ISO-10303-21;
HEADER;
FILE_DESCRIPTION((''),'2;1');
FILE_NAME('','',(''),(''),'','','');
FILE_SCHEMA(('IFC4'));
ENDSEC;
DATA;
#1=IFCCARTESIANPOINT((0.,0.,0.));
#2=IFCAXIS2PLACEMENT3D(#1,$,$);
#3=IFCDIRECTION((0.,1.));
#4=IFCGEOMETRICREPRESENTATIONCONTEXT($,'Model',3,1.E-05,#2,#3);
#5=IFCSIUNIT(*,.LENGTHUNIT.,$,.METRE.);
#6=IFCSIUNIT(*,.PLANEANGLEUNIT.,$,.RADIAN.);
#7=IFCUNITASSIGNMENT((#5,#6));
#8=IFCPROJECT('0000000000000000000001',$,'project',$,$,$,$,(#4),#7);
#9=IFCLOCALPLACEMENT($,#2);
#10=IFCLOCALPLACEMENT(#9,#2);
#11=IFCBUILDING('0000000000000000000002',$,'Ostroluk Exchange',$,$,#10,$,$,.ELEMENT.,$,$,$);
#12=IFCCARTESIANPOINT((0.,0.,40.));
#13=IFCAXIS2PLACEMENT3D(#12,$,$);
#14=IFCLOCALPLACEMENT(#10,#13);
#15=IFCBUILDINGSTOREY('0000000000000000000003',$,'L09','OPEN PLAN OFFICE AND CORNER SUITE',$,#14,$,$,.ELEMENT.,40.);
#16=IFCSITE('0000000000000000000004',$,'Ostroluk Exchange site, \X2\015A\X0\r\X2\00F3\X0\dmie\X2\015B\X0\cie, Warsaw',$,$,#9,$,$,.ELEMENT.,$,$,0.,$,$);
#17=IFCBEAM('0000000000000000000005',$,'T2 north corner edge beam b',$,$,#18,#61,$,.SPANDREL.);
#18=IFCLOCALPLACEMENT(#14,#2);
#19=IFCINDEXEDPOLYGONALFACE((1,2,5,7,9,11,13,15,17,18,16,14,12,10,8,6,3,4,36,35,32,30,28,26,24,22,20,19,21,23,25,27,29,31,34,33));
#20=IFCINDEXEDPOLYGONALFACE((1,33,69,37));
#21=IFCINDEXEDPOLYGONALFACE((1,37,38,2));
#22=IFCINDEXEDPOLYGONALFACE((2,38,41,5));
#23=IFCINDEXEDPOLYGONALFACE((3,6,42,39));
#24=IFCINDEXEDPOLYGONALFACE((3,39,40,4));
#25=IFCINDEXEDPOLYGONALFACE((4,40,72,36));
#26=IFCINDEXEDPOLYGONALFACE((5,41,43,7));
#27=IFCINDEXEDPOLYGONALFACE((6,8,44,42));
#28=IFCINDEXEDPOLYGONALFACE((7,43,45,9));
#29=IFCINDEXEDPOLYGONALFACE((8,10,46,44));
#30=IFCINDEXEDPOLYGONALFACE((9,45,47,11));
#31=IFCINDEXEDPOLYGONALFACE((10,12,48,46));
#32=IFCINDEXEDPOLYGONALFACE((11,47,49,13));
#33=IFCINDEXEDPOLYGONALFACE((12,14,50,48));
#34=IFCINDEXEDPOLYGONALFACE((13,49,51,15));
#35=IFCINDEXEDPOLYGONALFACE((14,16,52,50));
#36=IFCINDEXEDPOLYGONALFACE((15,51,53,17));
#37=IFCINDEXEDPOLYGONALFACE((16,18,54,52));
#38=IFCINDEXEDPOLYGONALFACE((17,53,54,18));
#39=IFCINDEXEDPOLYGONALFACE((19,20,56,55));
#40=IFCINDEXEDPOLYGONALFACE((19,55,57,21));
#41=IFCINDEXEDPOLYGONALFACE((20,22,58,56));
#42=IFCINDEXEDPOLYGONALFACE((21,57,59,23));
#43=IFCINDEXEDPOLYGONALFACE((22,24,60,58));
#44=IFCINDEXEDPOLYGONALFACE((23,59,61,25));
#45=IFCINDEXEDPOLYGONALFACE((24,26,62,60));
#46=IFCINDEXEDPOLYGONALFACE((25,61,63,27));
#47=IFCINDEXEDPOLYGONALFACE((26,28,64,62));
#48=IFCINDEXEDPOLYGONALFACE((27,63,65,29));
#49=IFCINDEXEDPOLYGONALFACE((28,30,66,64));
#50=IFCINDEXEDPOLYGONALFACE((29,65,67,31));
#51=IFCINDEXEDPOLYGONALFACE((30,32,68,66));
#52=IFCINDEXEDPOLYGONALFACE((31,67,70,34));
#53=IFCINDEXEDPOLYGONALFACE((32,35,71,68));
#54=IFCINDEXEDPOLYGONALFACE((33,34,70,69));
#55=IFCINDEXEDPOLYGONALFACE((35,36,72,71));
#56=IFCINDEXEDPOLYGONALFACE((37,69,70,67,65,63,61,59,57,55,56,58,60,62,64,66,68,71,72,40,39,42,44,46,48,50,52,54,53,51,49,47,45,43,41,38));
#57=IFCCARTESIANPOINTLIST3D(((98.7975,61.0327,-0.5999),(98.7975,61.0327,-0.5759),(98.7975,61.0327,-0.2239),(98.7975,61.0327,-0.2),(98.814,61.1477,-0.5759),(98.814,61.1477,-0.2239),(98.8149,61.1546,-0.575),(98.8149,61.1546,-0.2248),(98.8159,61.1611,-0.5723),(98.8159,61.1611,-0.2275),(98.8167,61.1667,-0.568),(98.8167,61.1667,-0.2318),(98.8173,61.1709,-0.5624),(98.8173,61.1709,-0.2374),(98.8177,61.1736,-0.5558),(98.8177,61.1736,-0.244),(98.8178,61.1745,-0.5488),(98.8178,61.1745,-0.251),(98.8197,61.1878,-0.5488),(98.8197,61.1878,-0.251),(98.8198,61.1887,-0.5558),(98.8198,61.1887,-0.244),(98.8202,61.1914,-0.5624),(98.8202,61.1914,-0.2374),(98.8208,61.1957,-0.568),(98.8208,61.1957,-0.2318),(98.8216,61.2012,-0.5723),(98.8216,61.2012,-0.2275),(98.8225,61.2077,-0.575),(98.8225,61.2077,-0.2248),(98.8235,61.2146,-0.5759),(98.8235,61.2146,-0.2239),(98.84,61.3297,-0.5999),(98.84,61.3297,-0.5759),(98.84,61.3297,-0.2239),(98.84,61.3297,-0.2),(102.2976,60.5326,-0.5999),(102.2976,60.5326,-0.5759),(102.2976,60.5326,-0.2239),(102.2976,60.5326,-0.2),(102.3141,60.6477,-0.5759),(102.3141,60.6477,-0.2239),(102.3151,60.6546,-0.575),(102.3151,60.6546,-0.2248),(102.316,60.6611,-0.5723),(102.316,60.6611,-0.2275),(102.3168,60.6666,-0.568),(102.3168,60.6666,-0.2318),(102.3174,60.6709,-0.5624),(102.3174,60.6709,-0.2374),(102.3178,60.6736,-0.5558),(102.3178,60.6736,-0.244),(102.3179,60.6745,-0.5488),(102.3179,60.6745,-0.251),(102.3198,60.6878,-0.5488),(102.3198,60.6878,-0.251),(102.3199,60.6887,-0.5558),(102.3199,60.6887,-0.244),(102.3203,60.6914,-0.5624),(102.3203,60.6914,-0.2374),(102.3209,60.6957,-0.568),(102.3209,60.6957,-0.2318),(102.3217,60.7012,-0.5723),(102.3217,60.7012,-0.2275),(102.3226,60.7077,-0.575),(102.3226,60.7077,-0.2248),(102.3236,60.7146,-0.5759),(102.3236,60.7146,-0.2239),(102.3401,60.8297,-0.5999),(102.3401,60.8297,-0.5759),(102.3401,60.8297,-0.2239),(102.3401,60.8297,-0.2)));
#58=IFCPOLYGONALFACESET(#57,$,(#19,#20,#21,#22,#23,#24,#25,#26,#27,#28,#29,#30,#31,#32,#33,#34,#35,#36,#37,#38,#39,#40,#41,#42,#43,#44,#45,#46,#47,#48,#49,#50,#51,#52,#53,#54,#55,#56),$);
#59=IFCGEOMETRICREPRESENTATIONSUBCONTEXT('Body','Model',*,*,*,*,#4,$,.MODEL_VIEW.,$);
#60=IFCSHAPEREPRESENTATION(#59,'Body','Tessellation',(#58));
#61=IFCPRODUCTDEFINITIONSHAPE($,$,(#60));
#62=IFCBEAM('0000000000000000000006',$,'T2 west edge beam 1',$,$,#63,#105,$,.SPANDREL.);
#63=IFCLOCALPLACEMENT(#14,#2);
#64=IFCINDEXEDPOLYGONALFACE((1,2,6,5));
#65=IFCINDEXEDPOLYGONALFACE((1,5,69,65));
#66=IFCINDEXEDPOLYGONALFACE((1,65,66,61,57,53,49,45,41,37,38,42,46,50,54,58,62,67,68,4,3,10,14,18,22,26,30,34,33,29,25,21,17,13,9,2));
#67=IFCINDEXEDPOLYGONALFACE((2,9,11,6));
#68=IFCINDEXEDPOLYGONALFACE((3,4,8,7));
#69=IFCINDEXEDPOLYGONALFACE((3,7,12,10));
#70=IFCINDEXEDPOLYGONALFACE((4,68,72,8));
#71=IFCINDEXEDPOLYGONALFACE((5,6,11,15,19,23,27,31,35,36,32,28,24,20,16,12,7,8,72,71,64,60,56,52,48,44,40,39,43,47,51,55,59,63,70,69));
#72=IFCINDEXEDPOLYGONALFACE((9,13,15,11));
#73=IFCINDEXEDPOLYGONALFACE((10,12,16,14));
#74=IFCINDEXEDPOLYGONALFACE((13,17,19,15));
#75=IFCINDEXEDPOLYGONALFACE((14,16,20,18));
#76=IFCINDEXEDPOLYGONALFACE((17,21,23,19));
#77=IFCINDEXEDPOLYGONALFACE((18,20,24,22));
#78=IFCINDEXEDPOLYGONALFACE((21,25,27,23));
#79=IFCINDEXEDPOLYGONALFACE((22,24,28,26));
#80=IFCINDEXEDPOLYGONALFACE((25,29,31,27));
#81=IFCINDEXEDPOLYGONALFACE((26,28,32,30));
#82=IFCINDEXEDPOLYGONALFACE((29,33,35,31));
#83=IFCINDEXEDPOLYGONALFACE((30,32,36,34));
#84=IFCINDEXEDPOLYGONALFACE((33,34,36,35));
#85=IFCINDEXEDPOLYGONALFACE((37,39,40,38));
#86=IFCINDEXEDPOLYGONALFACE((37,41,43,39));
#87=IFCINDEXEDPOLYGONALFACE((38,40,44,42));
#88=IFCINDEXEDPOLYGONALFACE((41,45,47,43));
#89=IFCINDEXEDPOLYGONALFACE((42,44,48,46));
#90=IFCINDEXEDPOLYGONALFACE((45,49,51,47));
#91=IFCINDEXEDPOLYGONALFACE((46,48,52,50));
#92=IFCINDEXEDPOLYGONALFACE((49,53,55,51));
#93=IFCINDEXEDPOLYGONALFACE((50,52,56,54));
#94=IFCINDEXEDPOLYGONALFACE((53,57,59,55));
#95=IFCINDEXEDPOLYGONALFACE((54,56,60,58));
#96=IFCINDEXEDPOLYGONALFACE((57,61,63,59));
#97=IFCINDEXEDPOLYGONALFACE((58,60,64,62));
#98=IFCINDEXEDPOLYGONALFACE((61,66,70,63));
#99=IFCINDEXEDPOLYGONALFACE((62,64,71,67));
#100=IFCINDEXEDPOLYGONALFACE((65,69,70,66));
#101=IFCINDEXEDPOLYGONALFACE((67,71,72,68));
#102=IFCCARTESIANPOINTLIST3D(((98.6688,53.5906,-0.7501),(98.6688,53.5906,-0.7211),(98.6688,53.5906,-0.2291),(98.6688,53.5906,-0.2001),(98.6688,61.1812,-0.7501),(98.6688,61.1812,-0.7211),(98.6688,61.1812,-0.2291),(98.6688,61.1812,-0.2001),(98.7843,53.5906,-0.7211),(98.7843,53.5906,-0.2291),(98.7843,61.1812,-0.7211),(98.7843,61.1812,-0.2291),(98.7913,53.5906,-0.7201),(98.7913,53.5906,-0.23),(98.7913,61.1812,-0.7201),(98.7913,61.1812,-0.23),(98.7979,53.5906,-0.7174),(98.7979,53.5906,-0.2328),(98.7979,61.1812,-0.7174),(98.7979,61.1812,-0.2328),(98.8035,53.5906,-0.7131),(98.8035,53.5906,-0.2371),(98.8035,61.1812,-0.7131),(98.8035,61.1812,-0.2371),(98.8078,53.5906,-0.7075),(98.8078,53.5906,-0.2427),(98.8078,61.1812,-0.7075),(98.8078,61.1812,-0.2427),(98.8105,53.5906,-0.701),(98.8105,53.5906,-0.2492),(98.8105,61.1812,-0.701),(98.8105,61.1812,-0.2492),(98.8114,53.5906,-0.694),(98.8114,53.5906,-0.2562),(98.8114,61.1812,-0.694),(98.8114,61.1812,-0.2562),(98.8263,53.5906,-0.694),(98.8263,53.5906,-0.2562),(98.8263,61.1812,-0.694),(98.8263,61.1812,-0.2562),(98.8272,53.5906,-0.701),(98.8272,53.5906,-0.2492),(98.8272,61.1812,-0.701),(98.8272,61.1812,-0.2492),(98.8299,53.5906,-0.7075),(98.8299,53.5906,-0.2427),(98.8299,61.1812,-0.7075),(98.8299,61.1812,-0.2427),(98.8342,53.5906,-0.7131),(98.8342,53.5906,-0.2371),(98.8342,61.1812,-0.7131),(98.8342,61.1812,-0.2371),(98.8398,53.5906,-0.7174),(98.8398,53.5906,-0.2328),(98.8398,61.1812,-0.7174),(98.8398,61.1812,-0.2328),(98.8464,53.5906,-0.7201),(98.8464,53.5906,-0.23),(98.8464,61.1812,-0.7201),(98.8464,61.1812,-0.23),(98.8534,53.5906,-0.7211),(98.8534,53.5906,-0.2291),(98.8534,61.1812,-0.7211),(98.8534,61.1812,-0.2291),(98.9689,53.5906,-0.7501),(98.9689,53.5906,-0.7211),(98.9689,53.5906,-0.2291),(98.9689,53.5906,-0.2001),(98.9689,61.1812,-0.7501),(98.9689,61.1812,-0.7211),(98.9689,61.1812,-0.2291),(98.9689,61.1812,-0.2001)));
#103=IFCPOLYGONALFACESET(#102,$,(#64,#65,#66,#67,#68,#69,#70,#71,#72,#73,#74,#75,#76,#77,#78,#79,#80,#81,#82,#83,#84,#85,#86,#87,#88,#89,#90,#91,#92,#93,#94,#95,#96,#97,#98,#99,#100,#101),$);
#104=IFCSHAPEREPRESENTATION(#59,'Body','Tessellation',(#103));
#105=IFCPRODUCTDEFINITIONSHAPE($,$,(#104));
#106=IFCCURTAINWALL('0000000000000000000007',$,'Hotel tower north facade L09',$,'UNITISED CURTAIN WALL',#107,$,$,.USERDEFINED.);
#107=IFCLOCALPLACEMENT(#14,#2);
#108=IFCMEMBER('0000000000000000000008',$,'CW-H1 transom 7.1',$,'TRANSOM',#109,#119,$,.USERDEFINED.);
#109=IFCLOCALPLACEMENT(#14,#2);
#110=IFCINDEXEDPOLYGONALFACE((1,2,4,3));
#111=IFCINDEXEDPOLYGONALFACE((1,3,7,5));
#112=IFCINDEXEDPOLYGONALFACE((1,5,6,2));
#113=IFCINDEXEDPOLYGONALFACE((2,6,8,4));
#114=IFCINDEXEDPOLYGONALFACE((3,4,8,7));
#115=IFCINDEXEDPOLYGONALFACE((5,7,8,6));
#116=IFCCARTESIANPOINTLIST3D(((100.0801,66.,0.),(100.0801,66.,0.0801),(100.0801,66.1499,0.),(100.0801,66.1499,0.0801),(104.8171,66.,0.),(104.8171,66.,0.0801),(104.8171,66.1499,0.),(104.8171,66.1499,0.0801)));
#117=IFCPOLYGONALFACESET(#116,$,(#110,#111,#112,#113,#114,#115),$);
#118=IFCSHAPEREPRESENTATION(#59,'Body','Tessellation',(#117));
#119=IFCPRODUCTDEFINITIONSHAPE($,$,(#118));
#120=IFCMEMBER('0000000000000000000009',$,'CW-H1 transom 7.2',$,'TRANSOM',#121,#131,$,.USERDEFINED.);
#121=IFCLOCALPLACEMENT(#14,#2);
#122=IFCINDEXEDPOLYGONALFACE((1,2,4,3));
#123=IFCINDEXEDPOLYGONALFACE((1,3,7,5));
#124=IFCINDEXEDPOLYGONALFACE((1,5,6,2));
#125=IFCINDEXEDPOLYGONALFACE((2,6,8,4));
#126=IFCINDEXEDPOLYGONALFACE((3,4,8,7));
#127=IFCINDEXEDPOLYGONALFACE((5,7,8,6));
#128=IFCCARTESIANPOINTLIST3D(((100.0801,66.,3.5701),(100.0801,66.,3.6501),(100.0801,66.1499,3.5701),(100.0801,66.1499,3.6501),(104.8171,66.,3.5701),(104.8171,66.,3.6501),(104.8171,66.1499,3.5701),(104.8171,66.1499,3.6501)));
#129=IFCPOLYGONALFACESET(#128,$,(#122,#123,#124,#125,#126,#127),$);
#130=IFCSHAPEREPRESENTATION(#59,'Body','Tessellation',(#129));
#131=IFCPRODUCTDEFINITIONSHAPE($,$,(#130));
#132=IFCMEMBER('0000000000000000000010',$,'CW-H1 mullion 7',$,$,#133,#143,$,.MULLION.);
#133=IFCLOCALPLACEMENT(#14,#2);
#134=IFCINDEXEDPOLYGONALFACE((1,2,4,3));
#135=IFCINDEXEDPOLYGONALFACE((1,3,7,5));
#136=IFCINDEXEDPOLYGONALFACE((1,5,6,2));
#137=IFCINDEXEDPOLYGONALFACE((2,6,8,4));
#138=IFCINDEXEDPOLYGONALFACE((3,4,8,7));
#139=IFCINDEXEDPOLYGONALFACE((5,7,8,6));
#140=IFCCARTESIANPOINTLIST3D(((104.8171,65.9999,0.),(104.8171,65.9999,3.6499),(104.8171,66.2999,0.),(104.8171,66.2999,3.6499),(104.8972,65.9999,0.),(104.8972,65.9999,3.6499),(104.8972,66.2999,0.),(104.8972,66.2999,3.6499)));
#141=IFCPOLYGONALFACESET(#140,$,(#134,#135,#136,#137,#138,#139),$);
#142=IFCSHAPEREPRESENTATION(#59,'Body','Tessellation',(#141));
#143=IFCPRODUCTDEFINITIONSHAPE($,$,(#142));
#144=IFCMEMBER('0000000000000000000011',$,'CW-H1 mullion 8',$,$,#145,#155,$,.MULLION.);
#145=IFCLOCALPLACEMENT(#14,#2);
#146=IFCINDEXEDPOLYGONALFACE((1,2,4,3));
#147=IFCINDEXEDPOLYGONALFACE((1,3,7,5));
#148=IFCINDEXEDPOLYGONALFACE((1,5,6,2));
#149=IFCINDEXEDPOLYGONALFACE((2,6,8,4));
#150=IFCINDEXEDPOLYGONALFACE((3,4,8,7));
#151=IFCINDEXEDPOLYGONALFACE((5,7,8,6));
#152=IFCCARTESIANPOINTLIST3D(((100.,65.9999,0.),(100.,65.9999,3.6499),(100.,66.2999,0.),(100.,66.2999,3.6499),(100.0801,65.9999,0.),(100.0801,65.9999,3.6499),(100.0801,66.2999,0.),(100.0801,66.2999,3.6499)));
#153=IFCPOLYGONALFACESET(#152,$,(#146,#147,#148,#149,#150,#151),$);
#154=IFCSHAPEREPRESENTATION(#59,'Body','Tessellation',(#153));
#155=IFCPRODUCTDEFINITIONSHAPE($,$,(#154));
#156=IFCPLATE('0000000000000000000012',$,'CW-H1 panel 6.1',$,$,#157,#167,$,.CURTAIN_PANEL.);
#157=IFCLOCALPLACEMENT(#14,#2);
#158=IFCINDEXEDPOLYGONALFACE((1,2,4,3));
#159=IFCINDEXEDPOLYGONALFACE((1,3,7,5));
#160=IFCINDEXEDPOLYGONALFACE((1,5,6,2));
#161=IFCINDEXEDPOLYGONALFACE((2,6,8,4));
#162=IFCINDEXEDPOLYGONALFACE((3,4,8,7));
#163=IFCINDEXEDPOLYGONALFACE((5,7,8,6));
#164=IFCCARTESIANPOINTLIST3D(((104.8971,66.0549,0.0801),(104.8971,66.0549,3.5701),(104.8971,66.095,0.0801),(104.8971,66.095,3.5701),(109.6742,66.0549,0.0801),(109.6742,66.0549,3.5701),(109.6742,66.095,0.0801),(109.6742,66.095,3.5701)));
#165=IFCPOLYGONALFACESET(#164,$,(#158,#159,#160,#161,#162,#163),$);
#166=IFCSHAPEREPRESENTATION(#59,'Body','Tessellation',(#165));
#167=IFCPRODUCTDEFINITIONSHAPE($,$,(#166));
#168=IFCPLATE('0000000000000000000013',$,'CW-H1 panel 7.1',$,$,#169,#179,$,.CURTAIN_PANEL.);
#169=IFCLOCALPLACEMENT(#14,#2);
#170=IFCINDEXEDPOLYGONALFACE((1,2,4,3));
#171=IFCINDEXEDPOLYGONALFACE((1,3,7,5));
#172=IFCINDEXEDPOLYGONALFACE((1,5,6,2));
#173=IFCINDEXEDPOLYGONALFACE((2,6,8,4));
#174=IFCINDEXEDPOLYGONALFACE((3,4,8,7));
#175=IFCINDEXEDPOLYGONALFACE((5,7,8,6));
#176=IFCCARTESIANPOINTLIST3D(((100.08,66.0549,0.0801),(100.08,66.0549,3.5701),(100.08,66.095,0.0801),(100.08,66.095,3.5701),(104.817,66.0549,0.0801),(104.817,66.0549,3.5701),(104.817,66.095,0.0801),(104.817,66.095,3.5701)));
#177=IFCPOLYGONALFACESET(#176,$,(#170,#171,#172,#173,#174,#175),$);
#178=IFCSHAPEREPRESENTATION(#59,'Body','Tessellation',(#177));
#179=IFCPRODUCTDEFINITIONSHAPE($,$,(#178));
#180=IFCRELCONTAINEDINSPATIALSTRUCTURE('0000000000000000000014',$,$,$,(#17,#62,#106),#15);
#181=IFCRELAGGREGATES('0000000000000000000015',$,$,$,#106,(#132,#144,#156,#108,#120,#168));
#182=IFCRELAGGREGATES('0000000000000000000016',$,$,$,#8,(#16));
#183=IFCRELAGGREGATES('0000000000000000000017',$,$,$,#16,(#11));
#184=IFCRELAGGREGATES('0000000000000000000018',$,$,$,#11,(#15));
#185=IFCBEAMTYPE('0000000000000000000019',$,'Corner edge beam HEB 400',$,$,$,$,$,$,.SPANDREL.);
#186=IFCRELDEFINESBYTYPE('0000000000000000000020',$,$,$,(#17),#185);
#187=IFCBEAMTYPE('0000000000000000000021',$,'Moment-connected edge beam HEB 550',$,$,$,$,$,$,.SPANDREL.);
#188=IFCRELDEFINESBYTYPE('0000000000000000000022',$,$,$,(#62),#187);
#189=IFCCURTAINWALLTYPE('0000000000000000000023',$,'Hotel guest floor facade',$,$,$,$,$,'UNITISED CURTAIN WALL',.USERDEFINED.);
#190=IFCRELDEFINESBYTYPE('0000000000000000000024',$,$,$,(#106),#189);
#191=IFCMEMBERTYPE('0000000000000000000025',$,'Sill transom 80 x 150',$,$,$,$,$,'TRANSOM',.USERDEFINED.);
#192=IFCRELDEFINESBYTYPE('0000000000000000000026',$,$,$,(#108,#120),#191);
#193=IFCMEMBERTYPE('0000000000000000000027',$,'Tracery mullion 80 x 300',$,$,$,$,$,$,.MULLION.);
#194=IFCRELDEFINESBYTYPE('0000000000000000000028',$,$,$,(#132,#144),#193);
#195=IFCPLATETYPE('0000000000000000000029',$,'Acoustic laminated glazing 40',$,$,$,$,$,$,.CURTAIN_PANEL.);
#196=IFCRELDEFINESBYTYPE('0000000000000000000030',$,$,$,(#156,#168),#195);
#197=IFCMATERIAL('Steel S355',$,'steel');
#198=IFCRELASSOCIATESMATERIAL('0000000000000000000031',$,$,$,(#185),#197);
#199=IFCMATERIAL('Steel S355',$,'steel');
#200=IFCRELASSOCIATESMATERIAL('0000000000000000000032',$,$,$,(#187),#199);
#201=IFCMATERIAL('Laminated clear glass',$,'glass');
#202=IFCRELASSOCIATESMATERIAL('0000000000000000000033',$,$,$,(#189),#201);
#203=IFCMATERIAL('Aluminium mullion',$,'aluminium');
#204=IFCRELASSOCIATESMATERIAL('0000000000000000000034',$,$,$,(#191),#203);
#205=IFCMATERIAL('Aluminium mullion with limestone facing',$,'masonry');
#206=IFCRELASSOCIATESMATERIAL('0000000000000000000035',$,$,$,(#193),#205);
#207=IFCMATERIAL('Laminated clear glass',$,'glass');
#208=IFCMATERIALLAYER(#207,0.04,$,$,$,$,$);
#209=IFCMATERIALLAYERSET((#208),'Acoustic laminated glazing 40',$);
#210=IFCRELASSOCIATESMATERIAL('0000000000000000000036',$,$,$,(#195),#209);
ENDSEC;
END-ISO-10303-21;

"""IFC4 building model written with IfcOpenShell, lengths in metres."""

from ifc_helpers import new_model, si_unit, direction, frame, origin, origin_2d, place, context, subcontext, project, spatial, rectangle, i_section, extrude, material, layer, layer_set, material_profile, profile_set, type_object, element, aggregate, save


model = new_model("IFC4")

# Units and contexts
model_context = context("Model", 3, precision=1e-05, world=origin(), true_north=direction((0.0, 1.0)))
body_context = subcontext(model_context, "Body", "Model", "MODEL_VIEW")
ifc_project = project(units=[si_unit("LENGTHUNIT", "METRE"), si_unit("PLANEANGLEUNIT", "RADIAN")], contexts=[model_context])

# Site, building, storey
site_placement = place(None, origin())
site = spatial("IfcSite", under=ifc_project, at=site_placement, Name="Ostroluk Exchange site, Śródmieście, Warsaw", CompositionType="ELEMENT", RefElevation=0.0)
building_placement = place(site_placement, origin())
building = spatial("IfcBuilding", under=site, at=building_placement, Name="Ostroluk Exchange", CompositionType="ELEMENT")
storey_placement = place(building_placement, frame((0.0, 0.0, 40.0)))
storey = spatial("IfcBuildingStorey", under=building, at=storey_placement, Name="L09", Description="OPEN PLAN OFFICE AND CORNER SUITE", CompositionType="ELEMENT", Elevation=40.0)

# Beams
ifc_material_1 = material(Name="Steel S355", Category="steel")
ifc_material_profile_1 = material_profile(ifc_material_1, i_section(OverallWidth=0.3, OverallDepth=0.3999, WebThickness=0.0134, FlangeThickness=0.0239, FilletRadius=0.0271, at=origin_2d()), Name="HEB 400")
ifc_profile_set_1 = profile_set([ifc_material_profile_1], Name="Steel S355")
beam_type_1 = type_object("IfcBeamType", Name="Corner edge beam HEB 400", PredefinedType="SPANDREL", material=ifc_profile_set_1)
for number, where, z_axis, x_axis, name in (
    (1, (102.3188, 60.6812, -0.3999), (-0.989949, 0.141421, 0.0), (-0.141421, -0.989949, 0.0), "T2 north corner edge beam b"),
):
    element("IfcBeam", number, at=place(storey_placement, frame(where, z_axis=z_axis, x_axis=x_axis)), inside=storey, type_object=beam_type_1, Name=name, PredefinedType="SPANDREL", context=body_context, shape_type="SweptSolid", body=[
        extrude(i_section(OverallWidth=0.3, OverallDepth=0.3999, WebThickness=0.0134, FlangeThickness=0.0239, FilletRadius=0.0271, at=origin_2d()), origin(), (0.0, 0.0, 1.0), 3.5356),
    ])
ifc_material_2 = material(Name="Steel S355", Category="steel")
ifc_material_profile_2 = material_profile(ifc_material_2, i_section(OverallWidth=0.3, OverallDepth=0.55, WebThickness=0.0149, FlangeThickness=0.0291, FilletRadius=0.0271, at=origin_2d()), Name="HEB 550")
ifc_profile_set_2 = profile_set([ifc_material_profile_2], Name="Steel S355")
beam_type_2 = type_object("IfcBeamType", Name="Moment-connected edge beam HEB 550", PredefinedType="SPANDREL", material=ifc_profile_set_2)
beam_1_placement = place(storey_placement, frame((98.8188, 61.1812, -0.4751), z_axis=(0.0, -1.0, 0.0), x_axis=(1.0, 0.0, 0.0)))
element("IfcBeam", 2, at=beam_1_placement, inside=storey, type_object=beam_type_2, Name="T2 west edge beam 1", PredefinedType="SPANDREL", context=body_context, shape_type="SweptSolid", body=[
    extrude(i_section(OverallWidth=0.3, OverallDepth=0.55, WebThickness=0.0149, FlangeThickness=0.0291, FilletRadius=0.0271, at=origin_2d()), origin(), (0.0, 0.0, 1.0), 7.5906),
])

# Curtain wall, members, plates
ifc_material_3 = material(Name="Laminated clear glass", Category="glass")
curtain_wall_type = type_object("IfcCurtainWallType", Name="Hotel guest floor facade", ElementType="UNITISED CURTAIN WALL", PredefinedType="USERDEFINED", material=ifc_material_3)
curtain_wall_placement = place(storey_placement, origin())
curtain_wall = element("IfcCurtainWall", 3, at=curtain_wall_placement, inside=storey, type_object=curtain_wall_type, Name="Hotel tower north facade L09", ObjectType="UNITISED CURTAIN WALL", PredefinedType="USERDEFINED")
ifc_material_4 = material(Name="Aluminium mullion", Category="aluminium")
ifc_material_profile_3 = material_profile(ifc_material_4, rectangle(XDim=0.1499, YDim=0.0801, at=origin_2d()), Name="Sill transom 80 x 150")
ifc_profile_set_3 = profile_set([ifc_material_profile_3], Name="Aluminium mullion")
member_type_1 = type_object("IfcMemberType", Name="Sill transom 80 x 150", ElementType="TRANSOM", PredefinedType="USERDEFINED", material=ifc_profile_set_3)
member_1_placement = place(storey_placement, frame((104.8171, 66.075, 0.04), z_axis=(-1.0, 0.0, 0.0), x_axis=(0.0, -1.0, 0.0)))
member_1 = element("IfcMember", 4, at=member_1_placement, type_object=member_type_1, Name="CW-H1 transom 7.1", ObjectType="TRANSOM", PredefinedType="USERDEFINED", context=body_context, shape_type="SweptSolid", body=[
    extrude(rectangle(XDim=0.1499, YDim=0.0801, at=origin_2d()), origin(), (0.0, 0.0, 1.0), 4.7371),
])
member_2_placement = place(storey_placement, frame((104.8171, 66.075, 3.6101), z_axis=(-1.0, 0.0, 0.0), x_axis=(0.0, -1.0, 0.0)))
member_2 = element("IfcMember", 5, at=member_2_placement, type_object=member_type_1, Name="CW-H1 transom 7.2", ObjectType="TRANSOM", PredefinedType="USERDEFINED", context=body_context, shape_type="SweptSolid", body=[
    extrude(rectangle(XDim=0.1499, YDim=0.0801, at=origin_2d()), origin(), (0.0, 0.0, 1.0), 4.7371),
])
ifc_material_5 = material(Name="Aluminium mullion with limestone facing", Category="masonry")
ifc_material_profile_4 = material_profile(ifc_material_5, rectangle(XDim=0.3, YDim=0.0801, at=origin_2d()), Name="Tracery mullion 80 x 300")
ifc_profile_set_4 = profile_set([ifc_material_profile_4], Name="Aluminium mullion with limestone facing")
member_type_2 = type_object("IfcMemberType", Name="Tracery mullion 80 x 300", PredefinedType="MULLION", material=ifc_profile_set_4)
member_3_placement = place(storey_placement, frame((104.8572, 66.1499, 0.0), z_axis=(0.0, 0.0, 1.0), x_axis=(0.0, -1.0, 0.0)))
member_3 = element("IfcMember", 6, at=member_3_placement, type_object=member_type_2, Name="CW-H1 mullion 7", PredefinedType="MULLION", context=body_context, shape_type="SweptSolid", body=[
    extrude(rectangle(XDim=0.3, YDim=0.0801, at=origin_2d()), origin(), (0.0, 0.0, 1.0), 3.6499),
])
member_4_placement = place(storey_placement, frame((100.04, 66.1499, 0.0), z_axis=(0.0, 0.0, 1.0), x_axis=(0.0, -1.0, 0.0)))
member_4 = element("IfcMember", 7, at=member_4_placement, type_object=member_type_2, Name="CW-H1 mullion 8", PredefinedType="MULLION", context=body_context, shape_type="SweptSolid", body=[
    extrude(rectangle(XDim=0.3, YDim=0.0801, at=origin_2d()), origin(), (0.0, 0.0, 1.0), 3.6499),
])
ifc_material_6 = material(Name="Laminated clear glass", Category="glass")
ifc_layer_1 = layer(ifc_material_6, 0.04)
ifc_layer_set_1 = layer_set([ifc_layer_1], Name="Acoustic laminated glazing 40")
plate_type_1 = type_object("IfcPlateType", Name="Acoustic laminated glazing 40", PredefinedType="CURTAIN_PANEL", material=ifc_layer_set_1)
plate_1_placement = place(storey_placement, frame((107.2856, 66.075, 0.0801), z_axis=(0.0, 0.0, 1.0), x_axis=(-1.0, 0.0, 0.0)))
plate_1 = element("IfcPlate", 8, at=plate_1_placement, type_object=plate_type_1, Name="CW-H1 panel 6.1", PredefinedType="CURTAIN_PANEL", context=body_context, shape_type="SweptSolid", body=[
    extrude(rectangle(XDim=4.7771, YDim=0.04, at=origin_2d()), origin(), (0.0, 0.0, 1.0), 3.49),
])
plate_2_placement = place(storey_placement, frame((102.4485, 66.075, 0.0801), z_axis=(0.0, 0.0, 1.0), x_axis=(-1.0, 0.0, 0.0)))
plate_2 = element("IfcPlate", 9, at=plate_2_placement, type_object=plate_type_1, Name="CW-H1 panel 7.1", PredefinedType="CURTAIN_PANEL", context=body_context, shape_type="SweptSolid", body=[
    extrude(rectangle(XDim=4.7371, YDim=0.04, at=origin_2d()), origin(), (0.0, 0.0, 1.0), 3.49),
])
aggregate(curtain_wall, [member_3, member_4, plate_1, member_1, member_2, plate_2])

save(model, "model.ifc")
